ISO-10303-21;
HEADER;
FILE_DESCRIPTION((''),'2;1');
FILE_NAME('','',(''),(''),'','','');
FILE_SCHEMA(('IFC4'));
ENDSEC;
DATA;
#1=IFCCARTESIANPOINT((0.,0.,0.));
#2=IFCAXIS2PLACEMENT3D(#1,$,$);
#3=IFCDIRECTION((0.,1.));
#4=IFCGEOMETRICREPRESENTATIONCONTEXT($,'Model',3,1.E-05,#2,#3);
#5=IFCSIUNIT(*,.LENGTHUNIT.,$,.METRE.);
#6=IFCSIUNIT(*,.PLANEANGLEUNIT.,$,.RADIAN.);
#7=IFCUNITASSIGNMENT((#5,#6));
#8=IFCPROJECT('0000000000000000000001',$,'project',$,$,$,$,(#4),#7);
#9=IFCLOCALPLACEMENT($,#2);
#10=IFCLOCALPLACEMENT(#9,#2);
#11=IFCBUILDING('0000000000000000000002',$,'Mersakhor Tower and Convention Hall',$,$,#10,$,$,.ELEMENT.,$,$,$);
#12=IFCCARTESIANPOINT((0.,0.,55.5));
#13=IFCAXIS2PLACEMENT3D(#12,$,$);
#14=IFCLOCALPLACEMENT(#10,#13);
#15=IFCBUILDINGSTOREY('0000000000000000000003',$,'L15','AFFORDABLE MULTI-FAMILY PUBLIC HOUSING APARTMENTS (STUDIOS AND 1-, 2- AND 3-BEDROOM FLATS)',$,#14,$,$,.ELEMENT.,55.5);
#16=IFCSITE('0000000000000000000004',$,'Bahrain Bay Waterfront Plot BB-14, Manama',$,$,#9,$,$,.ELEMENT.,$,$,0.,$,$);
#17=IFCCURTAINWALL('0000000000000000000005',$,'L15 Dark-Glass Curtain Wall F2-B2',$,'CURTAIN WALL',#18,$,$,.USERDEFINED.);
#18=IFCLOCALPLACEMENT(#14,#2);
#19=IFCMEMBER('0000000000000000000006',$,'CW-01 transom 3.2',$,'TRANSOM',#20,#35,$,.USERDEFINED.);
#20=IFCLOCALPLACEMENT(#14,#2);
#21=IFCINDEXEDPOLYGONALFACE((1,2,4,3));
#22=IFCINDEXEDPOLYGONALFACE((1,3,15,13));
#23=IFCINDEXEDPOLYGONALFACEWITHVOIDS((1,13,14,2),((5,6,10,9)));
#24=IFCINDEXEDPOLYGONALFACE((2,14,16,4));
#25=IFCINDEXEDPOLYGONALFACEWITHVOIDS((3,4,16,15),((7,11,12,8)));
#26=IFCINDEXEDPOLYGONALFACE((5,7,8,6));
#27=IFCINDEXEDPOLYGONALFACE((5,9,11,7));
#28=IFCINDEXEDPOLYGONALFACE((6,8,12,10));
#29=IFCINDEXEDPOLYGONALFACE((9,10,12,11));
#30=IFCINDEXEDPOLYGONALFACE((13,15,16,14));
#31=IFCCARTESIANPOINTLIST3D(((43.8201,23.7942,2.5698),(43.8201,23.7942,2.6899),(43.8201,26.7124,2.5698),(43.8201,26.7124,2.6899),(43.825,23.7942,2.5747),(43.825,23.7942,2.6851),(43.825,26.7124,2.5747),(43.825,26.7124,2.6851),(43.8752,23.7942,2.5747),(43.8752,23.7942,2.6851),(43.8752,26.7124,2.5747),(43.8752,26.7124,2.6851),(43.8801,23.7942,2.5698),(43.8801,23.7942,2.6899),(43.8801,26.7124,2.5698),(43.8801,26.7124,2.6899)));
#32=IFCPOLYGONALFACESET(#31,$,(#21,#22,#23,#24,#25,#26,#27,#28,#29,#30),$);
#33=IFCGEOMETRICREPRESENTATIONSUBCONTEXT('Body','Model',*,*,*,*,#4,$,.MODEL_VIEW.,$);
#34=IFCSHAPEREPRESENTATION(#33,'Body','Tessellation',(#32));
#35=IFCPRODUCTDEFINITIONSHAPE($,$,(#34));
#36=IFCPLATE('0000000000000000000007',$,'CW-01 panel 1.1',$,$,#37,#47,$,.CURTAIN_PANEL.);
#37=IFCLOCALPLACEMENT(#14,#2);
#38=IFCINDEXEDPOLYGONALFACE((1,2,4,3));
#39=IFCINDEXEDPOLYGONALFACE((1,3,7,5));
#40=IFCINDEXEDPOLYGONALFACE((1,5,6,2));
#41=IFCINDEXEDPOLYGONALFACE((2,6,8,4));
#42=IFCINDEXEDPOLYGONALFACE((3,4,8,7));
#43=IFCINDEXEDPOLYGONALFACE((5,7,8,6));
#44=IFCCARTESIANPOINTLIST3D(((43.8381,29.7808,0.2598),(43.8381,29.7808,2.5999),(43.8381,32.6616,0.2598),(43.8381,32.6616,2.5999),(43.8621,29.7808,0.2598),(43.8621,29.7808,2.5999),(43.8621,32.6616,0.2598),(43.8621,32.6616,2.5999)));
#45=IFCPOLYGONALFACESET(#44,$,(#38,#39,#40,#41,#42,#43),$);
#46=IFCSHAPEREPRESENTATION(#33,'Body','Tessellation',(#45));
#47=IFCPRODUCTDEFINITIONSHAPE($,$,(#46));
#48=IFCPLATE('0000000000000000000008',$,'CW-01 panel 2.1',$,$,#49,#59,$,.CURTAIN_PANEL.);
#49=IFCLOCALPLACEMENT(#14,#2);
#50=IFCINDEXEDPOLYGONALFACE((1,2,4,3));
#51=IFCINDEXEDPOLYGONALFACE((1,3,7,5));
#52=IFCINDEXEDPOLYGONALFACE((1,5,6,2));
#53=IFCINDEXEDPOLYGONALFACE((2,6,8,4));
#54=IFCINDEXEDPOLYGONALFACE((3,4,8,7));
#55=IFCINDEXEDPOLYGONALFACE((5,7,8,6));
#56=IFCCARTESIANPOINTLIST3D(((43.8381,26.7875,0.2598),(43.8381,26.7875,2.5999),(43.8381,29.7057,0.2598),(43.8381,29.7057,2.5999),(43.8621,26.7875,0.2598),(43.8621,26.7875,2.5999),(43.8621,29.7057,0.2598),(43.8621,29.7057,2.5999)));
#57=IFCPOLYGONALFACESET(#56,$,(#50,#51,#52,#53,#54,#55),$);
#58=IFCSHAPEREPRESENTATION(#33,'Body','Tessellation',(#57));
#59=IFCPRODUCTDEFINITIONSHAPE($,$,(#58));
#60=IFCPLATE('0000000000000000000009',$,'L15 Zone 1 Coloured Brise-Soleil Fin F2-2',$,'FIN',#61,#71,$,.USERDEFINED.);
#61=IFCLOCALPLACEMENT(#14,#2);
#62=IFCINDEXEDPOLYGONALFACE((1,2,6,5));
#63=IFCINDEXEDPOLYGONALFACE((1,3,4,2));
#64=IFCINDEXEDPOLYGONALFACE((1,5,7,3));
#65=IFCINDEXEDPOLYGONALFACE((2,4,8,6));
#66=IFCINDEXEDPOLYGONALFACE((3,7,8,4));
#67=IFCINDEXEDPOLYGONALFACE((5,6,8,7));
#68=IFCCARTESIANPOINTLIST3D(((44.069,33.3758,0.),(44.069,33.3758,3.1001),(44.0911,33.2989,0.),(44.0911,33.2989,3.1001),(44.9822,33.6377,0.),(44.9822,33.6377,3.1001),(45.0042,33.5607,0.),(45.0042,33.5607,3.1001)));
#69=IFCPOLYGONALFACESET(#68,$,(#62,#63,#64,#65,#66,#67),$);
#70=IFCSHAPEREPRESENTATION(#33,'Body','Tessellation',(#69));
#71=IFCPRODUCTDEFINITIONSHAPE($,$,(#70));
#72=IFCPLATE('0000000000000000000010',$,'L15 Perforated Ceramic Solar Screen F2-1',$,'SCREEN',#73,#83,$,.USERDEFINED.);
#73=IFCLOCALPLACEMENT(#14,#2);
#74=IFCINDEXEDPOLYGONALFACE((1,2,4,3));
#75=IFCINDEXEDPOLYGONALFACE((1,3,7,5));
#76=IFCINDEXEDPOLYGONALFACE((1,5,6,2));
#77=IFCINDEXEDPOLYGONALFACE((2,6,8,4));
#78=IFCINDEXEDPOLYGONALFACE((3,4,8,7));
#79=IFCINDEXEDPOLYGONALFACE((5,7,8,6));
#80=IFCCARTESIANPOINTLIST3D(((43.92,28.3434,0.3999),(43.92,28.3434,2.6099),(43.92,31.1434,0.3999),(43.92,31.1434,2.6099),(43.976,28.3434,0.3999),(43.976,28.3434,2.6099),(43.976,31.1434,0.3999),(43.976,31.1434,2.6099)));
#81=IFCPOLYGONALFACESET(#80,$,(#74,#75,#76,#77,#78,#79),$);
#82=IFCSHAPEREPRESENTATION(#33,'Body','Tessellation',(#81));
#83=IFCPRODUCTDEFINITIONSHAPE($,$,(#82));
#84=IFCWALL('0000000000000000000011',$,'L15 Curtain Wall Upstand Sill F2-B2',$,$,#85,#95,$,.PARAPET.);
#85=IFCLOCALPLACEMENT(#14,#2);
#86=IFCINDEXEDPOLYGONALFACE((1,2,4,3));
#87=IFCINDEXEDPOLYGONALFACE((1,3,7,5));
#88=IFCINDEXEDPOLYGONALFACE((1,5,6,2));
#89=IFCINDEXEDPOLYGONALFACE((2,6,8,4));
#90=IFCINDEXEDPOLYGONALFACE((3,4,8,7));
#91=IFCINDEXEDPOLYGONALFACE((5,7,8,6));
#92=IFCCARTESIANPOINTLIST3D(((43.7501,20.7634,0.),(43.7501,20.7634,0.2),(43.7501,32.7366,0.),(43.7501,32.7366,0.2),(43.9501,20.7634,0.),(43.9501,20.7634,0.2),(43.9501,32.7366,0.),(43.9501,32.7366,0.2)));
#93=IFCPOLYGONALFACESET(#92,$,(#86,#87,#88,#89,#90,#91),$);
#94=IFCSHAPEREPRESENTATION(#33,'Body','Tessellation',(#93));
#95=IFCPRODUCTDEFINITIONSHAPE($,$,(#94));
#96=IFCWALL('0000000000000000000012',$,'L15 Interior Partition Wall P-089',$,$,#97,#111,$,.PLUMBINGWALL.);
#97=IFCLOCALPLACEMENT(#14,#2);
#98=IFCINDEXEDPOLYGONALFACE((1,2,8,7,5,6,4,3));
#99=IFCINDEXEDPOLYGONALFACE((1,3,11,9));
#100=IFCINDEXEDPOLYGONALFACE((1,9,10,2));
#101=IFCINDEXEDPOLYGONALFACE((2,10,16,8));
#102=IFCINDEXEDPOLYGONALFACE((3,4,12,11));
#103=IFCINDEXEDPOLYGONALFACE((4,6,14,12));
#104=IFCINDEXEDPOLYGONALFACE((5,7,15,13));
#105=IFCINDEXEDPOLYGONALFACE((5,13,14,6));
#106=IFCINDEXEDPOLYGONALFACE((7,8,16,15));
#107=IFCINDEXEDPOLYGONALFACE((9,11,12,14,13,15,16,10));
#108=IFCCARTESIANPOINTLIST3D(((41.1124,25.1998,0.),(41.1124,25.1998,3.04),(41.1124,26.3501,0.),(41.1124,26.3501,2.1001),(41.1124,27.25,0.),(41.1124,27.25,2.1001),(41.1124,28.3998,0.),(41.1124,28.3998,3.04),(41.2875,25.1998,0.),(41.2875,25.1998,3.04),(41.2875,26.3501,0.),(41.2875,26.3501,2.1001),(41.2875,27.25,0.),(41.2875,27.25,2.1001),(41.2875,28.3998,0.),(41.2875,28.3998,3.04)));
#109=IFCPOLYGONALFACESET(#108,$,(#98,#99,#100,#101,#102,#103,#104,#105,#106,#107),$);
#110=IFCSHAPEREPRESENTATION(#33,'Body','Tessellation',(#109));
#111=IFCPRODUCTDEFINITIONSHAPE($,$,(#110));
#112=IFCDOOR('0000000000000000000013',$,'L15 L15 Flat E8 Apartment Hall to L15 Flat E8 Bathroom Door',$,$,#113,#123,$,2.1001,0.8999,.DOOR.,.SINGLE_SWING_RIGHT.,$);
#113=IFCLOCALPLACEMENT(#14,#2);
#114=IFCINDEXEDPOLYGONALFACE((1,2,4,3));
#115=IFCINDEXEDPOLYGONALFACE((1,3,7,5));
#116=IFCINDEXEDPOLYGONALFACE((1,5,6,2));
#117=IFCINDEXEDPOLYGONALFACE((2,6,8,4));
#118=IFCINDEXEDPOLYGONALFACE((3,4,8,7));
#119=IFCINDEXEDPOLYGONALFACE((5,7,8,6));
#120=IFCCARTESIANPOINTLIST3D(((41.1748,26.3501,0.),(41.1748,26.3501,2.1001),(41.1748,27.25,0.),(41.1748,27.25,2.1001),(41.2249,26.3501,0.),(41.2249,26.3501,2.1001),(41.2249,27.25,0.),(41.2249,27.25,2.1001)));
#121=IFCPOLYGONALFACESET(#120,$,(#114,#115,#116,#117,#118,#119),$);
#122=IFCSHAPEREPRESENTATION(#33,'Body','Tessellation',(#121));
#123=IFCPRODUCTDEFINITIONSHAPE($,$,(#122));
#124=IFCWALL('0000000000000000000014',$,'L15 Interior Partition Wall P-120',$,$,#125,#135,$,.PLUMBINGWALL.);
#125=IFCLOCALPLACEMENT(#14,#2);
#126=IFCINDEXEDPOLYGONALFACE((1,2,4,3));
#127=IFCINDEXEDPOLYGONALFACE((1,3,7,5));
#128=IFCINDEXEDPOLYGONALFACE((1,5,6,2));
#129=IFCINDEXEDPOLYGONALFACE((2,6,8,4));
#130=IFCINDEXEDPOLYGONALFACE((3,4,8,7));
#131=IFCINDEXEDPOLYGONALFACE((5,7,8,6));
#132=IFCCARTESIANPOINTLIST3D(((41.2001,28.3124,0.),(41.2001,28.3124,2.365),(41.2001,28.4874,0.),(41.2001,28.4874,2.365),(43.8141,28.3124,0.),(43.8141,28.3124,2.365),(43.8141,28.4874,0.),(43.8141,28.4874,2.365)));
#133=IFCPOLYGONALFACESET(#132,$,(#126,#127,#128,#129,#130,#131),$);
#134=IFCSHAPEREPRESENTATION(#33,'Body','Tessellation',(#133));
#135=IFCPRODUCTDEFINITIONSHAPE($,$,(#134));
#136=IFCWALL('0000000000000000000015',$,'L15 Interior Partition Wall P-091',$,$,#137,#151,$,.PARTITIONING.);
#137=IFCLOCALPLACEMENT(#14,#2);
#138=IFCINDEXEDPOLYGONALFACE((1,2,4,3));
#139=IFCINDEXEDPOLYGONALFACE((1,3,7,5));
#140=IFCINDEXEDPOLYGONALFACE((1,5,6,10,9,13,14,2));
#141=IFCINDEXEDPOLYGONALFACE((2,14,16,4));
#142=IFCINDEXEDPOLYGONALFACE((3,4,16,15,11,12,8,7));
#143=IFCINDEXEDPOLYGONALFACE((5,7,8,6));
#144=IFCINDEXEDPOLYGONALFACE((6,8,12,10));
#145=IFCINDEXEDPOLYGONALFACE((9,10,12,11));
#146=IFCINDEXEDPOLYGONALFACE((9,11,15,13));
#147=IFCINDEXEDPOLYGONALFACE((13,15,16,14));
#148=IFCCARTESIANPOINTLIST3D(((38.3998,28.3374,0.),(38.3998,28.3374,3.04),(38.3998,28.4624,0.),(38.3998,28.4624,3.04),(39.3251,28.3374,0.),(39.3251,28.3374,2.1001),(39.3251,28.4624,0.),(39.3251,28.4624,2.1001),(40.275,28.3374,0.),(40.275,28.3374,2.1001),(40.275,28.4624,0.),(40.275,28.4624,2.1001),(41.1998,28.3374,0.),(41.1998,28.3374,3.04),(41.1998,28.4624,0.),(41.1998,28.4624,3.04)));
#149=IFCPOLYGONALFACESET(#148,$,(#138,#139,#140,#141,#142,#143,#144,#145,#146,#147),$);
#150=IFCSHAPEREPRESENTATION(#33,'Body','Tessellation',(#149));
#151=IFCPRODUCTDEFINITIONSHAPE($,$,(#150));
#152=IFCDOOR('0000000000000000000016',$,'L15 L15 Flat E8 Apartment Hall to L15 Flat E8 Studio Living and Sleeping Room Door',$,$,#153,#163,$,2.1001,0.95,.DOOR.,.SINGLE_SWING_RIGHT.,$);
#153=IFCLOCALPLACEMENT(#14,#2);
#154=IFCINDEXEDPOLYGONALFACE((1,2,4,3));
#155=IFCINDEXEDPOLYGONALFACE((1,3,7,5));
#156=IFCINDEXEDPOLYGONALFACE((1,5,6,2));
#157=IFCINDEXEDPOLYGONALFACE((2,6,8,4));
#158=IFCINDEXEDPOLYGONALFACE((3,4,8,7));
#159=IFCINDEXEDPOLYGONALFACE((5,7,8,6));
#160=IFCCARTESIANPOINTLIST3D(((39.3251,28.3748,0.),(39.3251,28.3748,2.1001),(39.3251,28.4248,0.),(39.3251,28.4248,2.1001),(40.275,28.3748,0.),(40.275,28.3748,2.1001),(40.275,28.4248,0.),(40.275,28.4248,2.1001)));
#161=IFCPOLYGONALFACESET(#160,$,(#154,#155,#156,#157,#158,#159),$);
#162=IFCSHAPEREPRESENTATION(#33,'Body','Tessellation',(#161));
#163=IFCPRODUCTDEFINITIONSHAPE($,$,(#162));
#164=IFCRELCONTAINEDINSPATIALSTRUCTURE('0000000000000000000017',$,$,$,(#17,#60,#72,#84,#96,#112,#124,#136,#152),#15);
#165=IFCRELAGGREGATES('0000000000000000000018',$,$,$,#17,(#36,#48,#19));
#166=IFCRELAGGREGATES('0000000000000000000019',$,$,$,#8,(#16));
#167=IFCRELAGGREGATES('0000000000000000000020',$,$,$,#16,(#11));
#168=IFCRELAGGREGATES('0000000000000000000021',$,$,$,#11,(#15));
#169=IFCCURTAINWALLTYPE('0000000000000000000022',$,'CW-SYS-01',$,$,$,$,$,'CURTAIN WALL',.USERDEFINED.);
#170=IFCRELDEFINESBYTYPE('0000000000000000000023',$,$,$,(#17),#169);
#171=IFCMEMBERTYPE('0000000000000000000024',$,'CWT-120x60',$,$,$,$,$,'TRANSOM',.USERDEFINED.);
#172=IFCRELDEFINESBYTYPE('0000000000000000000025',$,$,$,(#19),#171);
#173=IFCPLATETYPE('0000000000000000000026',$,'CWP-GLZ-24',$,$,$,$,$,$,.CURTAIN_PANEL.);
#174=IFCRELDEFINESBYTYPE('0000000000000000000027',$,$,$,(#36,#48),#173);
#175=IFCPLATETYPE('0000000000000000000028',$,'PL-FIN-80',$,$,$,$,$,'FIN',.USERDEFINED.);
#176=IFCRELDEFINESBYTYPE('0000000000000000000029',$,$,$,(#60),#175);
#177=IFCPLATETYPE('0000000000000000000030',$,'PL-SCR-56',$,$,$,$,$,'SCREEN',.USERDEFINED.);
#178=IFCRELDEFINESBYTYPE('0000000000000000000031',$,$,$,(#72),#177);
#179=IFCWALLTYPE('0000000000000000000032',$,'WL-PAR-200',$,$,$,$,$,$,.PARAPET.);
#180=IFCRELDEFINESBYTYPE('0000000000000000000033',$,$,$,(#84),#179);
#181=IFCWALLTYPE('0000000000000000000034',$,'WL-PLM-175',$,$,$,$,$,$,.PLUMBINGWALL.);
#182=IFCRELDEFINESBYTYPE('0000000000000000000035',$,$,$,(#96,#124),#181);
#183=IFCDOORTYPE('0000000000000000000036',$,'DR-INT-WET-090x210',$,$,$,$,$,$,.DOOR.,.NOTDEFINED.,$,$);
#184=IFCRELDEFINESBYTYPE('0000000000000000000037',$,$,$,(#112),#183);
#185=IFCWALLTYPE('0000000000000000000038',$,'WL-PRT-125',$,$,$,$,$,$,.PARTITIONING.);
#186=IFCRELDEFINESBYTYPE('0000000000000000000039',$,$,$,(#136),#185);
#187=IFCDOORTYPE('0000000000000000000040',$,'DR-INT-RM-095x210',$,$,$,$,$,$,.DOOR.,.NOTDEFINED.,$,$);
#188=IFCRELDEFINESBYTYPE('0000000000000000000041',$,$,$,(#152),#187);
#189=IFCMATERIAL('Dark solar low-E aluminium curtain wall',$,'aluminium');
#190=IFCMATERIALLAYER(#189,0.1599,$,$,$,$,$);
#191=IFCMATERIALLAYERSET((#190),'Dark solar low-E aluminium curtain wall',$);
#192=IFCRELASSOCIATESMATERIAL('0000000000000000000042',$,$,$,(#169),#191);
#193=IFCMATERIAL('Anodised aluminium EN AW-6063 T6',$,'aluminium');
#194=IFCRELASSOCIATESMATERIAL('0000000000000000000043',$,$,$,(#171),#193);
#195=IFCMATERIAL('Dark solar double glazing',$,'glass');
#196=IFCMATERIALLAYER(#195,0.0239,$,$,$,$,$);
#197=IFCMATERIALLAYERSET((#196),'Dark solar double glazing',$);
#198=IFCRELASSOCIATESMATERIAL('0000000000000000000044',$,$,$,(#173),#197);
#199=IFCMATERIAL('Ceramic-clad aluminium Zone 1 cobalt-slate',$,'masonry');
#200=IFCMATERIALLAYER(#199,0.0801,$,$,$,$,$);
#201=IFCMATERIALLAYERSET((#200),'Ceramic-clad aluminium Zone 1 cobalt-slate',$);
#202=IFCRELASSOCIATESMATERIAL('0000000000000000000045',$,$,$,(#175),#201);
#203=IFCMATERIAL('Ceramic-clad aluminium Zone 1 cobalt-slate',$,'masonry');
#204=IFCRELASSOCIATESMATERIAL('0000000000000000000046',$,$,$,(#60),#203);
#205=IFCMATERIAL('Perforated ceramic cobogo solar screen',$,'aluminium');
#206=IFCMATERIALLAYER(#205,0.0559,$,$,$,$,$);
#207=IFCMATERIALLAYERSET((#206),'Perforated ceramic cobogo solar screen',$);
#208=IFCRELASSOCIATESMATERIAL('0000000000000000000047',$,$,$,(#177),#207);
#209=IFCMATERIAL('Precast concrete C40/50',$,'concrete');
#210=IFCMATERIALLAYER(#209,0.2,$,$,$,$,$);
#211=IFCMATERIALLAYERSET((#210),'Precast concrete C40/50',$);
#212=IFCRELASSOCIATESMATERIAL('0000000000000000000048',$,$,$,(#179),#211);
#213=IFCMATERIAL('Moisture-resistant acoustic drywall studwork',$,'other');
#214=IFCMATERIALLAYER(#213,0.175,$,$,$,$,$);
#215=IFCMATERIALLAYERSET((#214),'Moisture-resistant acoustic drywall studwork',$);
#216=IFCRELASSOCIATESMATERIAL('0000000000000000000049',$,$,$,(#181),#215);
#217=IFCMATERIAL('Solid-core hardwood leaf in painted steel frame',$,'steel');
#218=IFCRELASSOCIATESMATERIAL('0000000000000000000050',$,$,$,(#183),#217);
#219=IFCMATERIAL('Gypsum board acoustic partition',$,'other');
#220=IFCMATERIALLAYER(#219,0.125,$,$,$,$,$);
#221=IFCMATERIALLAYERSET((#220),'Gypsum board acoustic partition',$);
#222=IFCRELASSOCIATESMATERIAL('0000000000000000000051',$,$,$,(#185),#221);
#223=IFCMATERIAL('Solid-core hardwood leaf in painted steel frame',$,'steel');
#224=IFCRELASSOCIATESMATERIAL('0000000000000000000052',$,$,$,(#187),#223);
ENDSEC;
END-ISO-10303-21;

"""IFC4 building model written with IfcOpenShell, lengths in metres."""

from ifc_helpers import new_model, si_unit, direction, frame, frame_2d, origin, origin_2d, place, context, subcontext, project, spatial, rectangle, hollow_rectangle, extrude, material, layer, layer_set, material_profile, profile_set, type_object, element, fill, aggregate, save


model = new_model("IFC4")

# Units and contexts
model_context = context("Model", 3, precision=1e-05, world=origin(), true_north=direction((0.0, 1.0)))
body_context = subcontext(model_context, "Body", "Model", "MODEL_VIEW")
ifc_project = project(units=[si_unit("LENGTHUNIT", "METRE"), si_unit("PLANEANGLEUNIT", "RADIAN")], contexts=[model_context])

# Site, building, storey
site_placement = place(None, origin())
site = spatial("IfcSite", under=ifc_project, at=site_placement, Name="Bahrain Bay Waterfront Plot BB-14, Manama", CompositionType="ELEMENT", RefElevation=0.0)
building_placement = place(site_placement, origin())
building = spatial("IfcBuilding", under=site, at=building_placement, Name="Mersakhor Tower and Convention Hall", CompositionType="ELEMENT")
storey_placement = place(building_placement, frame((0.0, 0.0, 55.5)))
storey = spatial("IfcBuildingStorey", under=building, at=storey_placement, Name="L15", Description="AFFORDABLE MULTI-FAMILY PUBLIC HOUSING APARTMENTS (STUDIOS AND 1-, 2- AND 3-BEDROOM FLATS)", CompositionType="ELEMENT", Elevation=55.5)

# Curtain wall, member, plates
ifc_material_1 = material(Name="Dark solar low-E aluminium curtain wall", Category="aluminium")
ifc_layer_1 = layer(ifc_material_1, 0.1599)
ifc_layer_set_1 = layer_set([ifc_layer_1], Name="Dark solar low-E aluminium curtain wall")
curtain_wall_type = type_object("IfcCurtainWallType", Name="CW-SYS-01", ElementType="CURTAIN WALL", PredefinedType="USERDEFINED", material=ifc_layer_set_1)
curtain_wall_placement = place(storey_placement, origin())
curtain_wall = element("IfcCurtainWall", 1, at=curtain_wall_placement, inside=storey, type_object=curtain_wall_type, Name="L15 Dark-Glass Curtain Wall F2-B2", ObjectType="CURTAIN WALL", PredefinedType="USERDEFINED")
ifc_material_2 = material(Name="Anodised aluminium EN AW-6063 T6", Category="aluminium")
ifc_material_profile_1 = material_profile(ifc_material_2, hollow_rectangle(XDim=0.0601, YDim=0.1201, WallThickness=0.0049, at=origin_2d()), Name="RHS 120x60x5")
ifc_profile_set_1 = profile_set([ifc_material_profile_1], Name="Anodised aluminium EN AW-6063 T6")
member_type_1 = type_object("IfcMemberType", Name="CWT-120x60", ElementType="TRANSOM", PredefinedType="USERDEFINED", material=ifc_profile_set_1)
member_1_placement = place(storey_placement, frame((43.8501, 26.7124, 2.6299), z_axis=(0.0, -1.0, 0.0), x_axis=(1.0, 0.0, 0.0)))
member_1 = element("IfcMember", 2, at=member_1_placement, type_object=member_type_1, Name="CW-01 transom 3.2", ObjectType="TRANSOM", PredefinedType="USERDEFINED", context=body_context, shape_type="SweptSolid", body=[
    extrude(hollow_rectangle(XDim=0.0601, YDim=0.1201, WallThickness=0.0049, at=origin_2d()), origin(), (0.0, 0.0, 1.0), 2.9182),
])
ifc_material_3 = material(Name="Dark solar double glazing", Category="glass")
ifc_layer_2 = layer(ifc_material_3, 0.0239)
ifc_layer_set_2 = layer_set([ifc_layer_2], Name="Dark solar double glazing")
plate_type_1 = type_object("IfcPlateType", Name="CWP-GLZ-24", PredefinedType="CURTAIN_PANEL", material=ifc_layer_set_2)
plate_1_placement = place(storey_placement, frame((43.8501, 31.2212, 0.2598), z_axis=(0.0, 0.0, 1.0), x_axis=(0.0, -1.0, 0.0)))
plate_1 = element("IfcPlate", 3, at=plate_1_placement, type_object=plate_type_1, Name="CW-01 panel 1.1", PredefinedType="CURTAIN_PANEL", context=body_context, shape_type="SweptSolid", body=[
    extrude(rectangle(XDim=2.8809, YDim=0.0239, at=origin_2d()), origin(), (0.0, 0.0, 1.0), 2.3401),
])
plate_2_placement = place(storey_placement, frame((43.8501, 28.2466, 0.2598), z_axis=(0.0, 0.0, 1.0), x_axis=(0.0, -1.0, 0.0)))
plate_2 = element("IfcPlate", 4, at=plate_2_placement, type_object=plate_type_1, Name="CW-01 panel 2.1", PredefinedType="CURTAIN_PANEL", context=body_context, shape_type="SweptSolid", body=[
    extrude(rectangle(XDim=2.9182, YDim=0.0239, at=origin_2d()), origin(), (0.0, 0.0, 1.0), 2.3401),
])
aggregate(curtain_wall, [plate_1, plate_2, member_1])

# Plates
ifc_material_4 = material(Name="Ceramic-clad aluminium Zone 1 cobalt-slate", Category="masonry")
ifc_material_5 = material(Name="Ceramic-clad aluminium Zone 1 cobalt-slate", Category="masonry")
ifc_layer_3 = layer(ifc_material_5, 0.0801)
ifc_layer_set_3 = layer_set([ifc_layer_3], Name="Ceramic-clad aluminium Zone 1 cobalt-slate")
plate_type_2 = type_object("IfcPlateType", Name="PL-FIN-80", ElementType="FIN", PredefinedType="USERDEFINED", material=ifc_layer_set_3)
plate_3_placement = place(storey_placement, frame((44.5366, 33.4683, 0.0), z_axis=(0.0, 0.0, 1.0), x_axis=(0.961262, 0.275637, 0.0)))
element("IfcPlate", 5, at=plate_3_placement, inside=storey, type_object=plate_type_2, material=ifc_material_4, Name="L15 Zone 1 Coloured Brise-Soleil Fin F2-2", ObjectType="FIN", PredefinedType="USERDEFINED", context=body_context, shape_type="SweptSolid", body=[
    extrude(rectangle(XDim=0.95, YDim=0.0801, at=origin_2d()), origin(), (0.0, 0.0, 1.0), 3.1001),
])
ifc_material_6 = material(Name="Perforated ceramic cobogo solar screen", Category="aluminium")
ifc_layer_4 = layer(ifc_material_6, 0.0559)
ifc_layer_set_4 = layer_set([ifc_layer_4], Name="Perforated ceramic cobogo solar screen")
plate_type_3 = type_object("IfcPlateType", Name="PL-SCR-56", ElementType="SCREEN", PredefinedType="USERDEFINED", material=ifc_layer_set_4)
plate_4_placement = place(storey_placement, frame((43.948, 29.7434, 0.3999), z_axis=(0.0, 0.0, 1.0), x_axis=(0.0, -1.0, 0.0)))
element("IfcPlate", 6, at=plate_4_placement, inside=storey, type_object=plate_type_3, Name="L15 Perforated Ceramic Solar Screen F2-1", ObjectType="SCREEN", PredefinedType="USERDEFINED", context=body_context, shape_type="SweptSolid", body=[
    extrude(rectangle(XDim=2.8, YDim=0.0559, at=origin_2d()), origin(), (0.0, 0.0, 1.0), 2.21),
])

# Wall
ifc_material_7 = material(Name="Precast concrete C40/50", Category="concrete")
ifc_layer_5 = layer(ifc_material_7, 0.2)
ifc_layer_set_5 = layer_set([ifc_layer_5], Name="Precast concrete C40/50")
wall_type_1 = type_object("IfcWallType", Name="WL-PAR-200", PredefinedType="PARAPET", material=ifc_layer_set_5)
wall_1_placement = place(storey_placement, frame((43.8501, 32.7366, 0.0), z_axis=(0.0, 0.0, 1.0), x_axis=(0.0, -1.0, 0.0)))
element("IfcWall", 7, at=wall_1_placement, inside=storey, type_object=wall_type_1, Name="L15 Curtain Wall Upstand Sill F2-B2", PredefinedType="PARAPET", context=body_context, shape_type="SweptSolid", body=[
    extrude(rectangle(XDim=11.9731, YDim=0.2, at=frame_2d((5.9866, 0.0))), origin(), (0.0, 0.0, 1.0), 0.2),
])

# Wall, opening, door
ifc_material_8 = material(Name="Moisture-resistant acoustic drywall studwork", Category="other")
ifc_layer_6 = layer(ifc_material_8, 0.175)
ifc_layer_set_6 = layer_set([ifc_layer_6], Name="Moisture-resistant acoustic drywall studwork")
wall_type_2 = type_object("IfcWallType", Name="WL-PLM-175", PredefinedType="PLUMBINGWALL", material=ifc_layer_set_6)
wall_2_placement = place(storey_placement, frame((41.2, 28.3999, 0.0), z_axis=(0.0, 0.0, 1.0), x_axis=(0.0, -1.0, 0.0)))
wall_2 = element("IfcWall", 8, at=wall_2_placement, inside=storey, type_object=wall_type_2, Name="L15 Interior Partition Wall P-089", PredefinedType="PLUMBINGWALL", context=body_context, shape_type="SweptSolid", body=[
    extrude(rectangle(XDim=3.2, YDim=0.175, at=frame_2d((1.6001, 0.0))), origin(), (0.0, 0.0, 1.0), 3.04),
])
opening_1_placement = place(wall_2_placement, frame((1.1499, 0.0, 0.0)))
opening_1 = element("IfcOpeningElement", 9, at=opening_1_placement, cuts=wall_2, PredefinedType="OPENING", context=body_context, shape_type="SweptSolid", body=[
    extrude(rectangle(XDim=0.8999, YDim=2.1001, at=frame_2d((0.45, 1.05))), frame((0.0, 0.0974, 0.0), z_axis=(0.0, -1.0, 0.0), x_axis=(1.0, 0.0, 0.0)), (0.0, 0.0, 1.0), 0.1951),
])
ifc_material_9 = material(Name="Solid-core hardwood leaf in painted steel frame", Category="steel")
door_type_1 = type_object("IfcDoorType", Name="DR-INT-WET-090x210", OperationType="NOTDEFINED", PredefinedType="DOOR", material=ifc_material_9)
door_1_placement = place(opening_1_placement, origin())
door_1 = element("IfcDoor", 10, at=door_1_placement, inside=storey, type_object=door_type_1, Name="L15 L15 Flat E8 Apartment Hall to L15 Flat E8 Bathroom Door", OperationType="SINGLE_SWING_RIGHT", OverallHeight=2.1001, OverallWidth=0.8999, PredefinedType="DOOR", context=body_context, shape_type="SweptSolid", body=[
    extrude(rectangle(XDim=0.8999, YDim=2.1001, at=frame_2d((0.45, 1.05))), frame((0.0, 0.0249, 0.0), z_axis=(0.0, -1.0, 0.0), x_axis=(1.0, 0.0, 0.0)), (0.0, 0.0, 1.0), 0.05),
])
fill(opening_1, door_1)

# Wall
wall_3_placement = place(storey_placement, frame((41.2, 28.3999, 0.0), z_axis=(0.0, 0.0, 1.0), x_axis=(1.0, 0.0, 0.0)))
element("IfcWall", 11, at=wall_3_placement, inside=storey, type_object=wall_type_2, Name="L15 Interior Partition Wall P-120", PredefinedType="PLUMBINGWALL", context=body_context, shape_type="SweptSolid", body=[
    extrude(rectangle(XDim=2.614, YDim=0.175, at=frame_2d((1.3071, 0.0))), origin(), (0.0, 0.0, 1.0), 2.365),
])

# Wall, opening, door
ifc_material_10 = material(Name="Gypsum board acoustic partition", Category="other")
ifc_layer_7 = layer(ifc_material_10, 0.125)
ifc_layer_set_7 = layer_set([ifc_layer_7], Name="Gypsum board acoustic partition")
wall_type_3 = type_object("IfcWallType", Name="WL-PRT-125", PredefinedType="PARTITIONING", material=ifc_layer_set_7)
wall_4_placement = place(storey_placement, frame((38.3999, 28.3999, 0.0), z_axis=(0.0, 0.0, 1.0), x_axis=(1.0, 0.0, 0.0)))
wall_4 = element("IfcWall", 12, at=wall_4_placement, inside=storey, type_object=wall_type_3, Name="L15 Interior Partition Wall P-091", PredefinedType="PARTITIONING", context=body_context, shape_type="SweptSolid", body=[
    extrude(rectangle(XDim=2.8, YDim=0.125, at=frame_2d((1.3999, 0.0))), origin(), (0.0, 0.0, 1.0), 3.04),
])
opening_2_placement = place(wall_4_placement, frame((0.925, 0.0, 0.0)))
opening_2 = element("IfcOpeningElement", 13, at=opening_2_placement, cuts=wall_4, PredefinedType="OPENING", context=body_context, shape_type="SweptSolid", body=[
    extrude(rectangle(XDim=0.95, YDim=2.1001, at=frame_2d((0.4751, 1.05))), frame((0.0, 0.0725, 0.0), z_axis=(0.0, -1.0, 0.0), x_axis=(1.0, 0.0, 0.0)), (0.0, 0.0, 1.0), 0.145),
])
ifc_material_11 = material(Name="Solid-core hardwood leaf in painted steel frame", Category="steel")
door_type_2 = type_object("IfcDoorType", Name="DR-INT-RM-095x210", OperationType="NOTDEFINED", PredefinedType="DOOR", material=ifc_material_11)
door_2_placement = place(opening_2_placement, origin())
door_2 = element("IfcDoor", 14, at=door_2_placement, inside=storey, type_object=door_type_2, Name="L15 L15 Flat E8 Apartment Hall to L15 Flat E8 Studio Living and Sleeping Room Door", OperationType="SINGLE_SWING_RIGHT", OverallHeight=2.1001, OverallWidth=0.95, PredefinedType="DOOR", context=body_context, shape_type="SweptSolid", body=[
    extrude(rectangle(XDim=0.95, YDim=2.1001, at=frame_2d((0.4751, 1.05))), frame((0.0, 0.0249, 0.0), z_axis=(0.0, -1.0, 0.0), x_axis=(1.0, 0.0, 0.0)), (0.0, 0.0, 1.0), 0.05),
])
fill(opening_2, door_2)

save(model, "model.ifc")
